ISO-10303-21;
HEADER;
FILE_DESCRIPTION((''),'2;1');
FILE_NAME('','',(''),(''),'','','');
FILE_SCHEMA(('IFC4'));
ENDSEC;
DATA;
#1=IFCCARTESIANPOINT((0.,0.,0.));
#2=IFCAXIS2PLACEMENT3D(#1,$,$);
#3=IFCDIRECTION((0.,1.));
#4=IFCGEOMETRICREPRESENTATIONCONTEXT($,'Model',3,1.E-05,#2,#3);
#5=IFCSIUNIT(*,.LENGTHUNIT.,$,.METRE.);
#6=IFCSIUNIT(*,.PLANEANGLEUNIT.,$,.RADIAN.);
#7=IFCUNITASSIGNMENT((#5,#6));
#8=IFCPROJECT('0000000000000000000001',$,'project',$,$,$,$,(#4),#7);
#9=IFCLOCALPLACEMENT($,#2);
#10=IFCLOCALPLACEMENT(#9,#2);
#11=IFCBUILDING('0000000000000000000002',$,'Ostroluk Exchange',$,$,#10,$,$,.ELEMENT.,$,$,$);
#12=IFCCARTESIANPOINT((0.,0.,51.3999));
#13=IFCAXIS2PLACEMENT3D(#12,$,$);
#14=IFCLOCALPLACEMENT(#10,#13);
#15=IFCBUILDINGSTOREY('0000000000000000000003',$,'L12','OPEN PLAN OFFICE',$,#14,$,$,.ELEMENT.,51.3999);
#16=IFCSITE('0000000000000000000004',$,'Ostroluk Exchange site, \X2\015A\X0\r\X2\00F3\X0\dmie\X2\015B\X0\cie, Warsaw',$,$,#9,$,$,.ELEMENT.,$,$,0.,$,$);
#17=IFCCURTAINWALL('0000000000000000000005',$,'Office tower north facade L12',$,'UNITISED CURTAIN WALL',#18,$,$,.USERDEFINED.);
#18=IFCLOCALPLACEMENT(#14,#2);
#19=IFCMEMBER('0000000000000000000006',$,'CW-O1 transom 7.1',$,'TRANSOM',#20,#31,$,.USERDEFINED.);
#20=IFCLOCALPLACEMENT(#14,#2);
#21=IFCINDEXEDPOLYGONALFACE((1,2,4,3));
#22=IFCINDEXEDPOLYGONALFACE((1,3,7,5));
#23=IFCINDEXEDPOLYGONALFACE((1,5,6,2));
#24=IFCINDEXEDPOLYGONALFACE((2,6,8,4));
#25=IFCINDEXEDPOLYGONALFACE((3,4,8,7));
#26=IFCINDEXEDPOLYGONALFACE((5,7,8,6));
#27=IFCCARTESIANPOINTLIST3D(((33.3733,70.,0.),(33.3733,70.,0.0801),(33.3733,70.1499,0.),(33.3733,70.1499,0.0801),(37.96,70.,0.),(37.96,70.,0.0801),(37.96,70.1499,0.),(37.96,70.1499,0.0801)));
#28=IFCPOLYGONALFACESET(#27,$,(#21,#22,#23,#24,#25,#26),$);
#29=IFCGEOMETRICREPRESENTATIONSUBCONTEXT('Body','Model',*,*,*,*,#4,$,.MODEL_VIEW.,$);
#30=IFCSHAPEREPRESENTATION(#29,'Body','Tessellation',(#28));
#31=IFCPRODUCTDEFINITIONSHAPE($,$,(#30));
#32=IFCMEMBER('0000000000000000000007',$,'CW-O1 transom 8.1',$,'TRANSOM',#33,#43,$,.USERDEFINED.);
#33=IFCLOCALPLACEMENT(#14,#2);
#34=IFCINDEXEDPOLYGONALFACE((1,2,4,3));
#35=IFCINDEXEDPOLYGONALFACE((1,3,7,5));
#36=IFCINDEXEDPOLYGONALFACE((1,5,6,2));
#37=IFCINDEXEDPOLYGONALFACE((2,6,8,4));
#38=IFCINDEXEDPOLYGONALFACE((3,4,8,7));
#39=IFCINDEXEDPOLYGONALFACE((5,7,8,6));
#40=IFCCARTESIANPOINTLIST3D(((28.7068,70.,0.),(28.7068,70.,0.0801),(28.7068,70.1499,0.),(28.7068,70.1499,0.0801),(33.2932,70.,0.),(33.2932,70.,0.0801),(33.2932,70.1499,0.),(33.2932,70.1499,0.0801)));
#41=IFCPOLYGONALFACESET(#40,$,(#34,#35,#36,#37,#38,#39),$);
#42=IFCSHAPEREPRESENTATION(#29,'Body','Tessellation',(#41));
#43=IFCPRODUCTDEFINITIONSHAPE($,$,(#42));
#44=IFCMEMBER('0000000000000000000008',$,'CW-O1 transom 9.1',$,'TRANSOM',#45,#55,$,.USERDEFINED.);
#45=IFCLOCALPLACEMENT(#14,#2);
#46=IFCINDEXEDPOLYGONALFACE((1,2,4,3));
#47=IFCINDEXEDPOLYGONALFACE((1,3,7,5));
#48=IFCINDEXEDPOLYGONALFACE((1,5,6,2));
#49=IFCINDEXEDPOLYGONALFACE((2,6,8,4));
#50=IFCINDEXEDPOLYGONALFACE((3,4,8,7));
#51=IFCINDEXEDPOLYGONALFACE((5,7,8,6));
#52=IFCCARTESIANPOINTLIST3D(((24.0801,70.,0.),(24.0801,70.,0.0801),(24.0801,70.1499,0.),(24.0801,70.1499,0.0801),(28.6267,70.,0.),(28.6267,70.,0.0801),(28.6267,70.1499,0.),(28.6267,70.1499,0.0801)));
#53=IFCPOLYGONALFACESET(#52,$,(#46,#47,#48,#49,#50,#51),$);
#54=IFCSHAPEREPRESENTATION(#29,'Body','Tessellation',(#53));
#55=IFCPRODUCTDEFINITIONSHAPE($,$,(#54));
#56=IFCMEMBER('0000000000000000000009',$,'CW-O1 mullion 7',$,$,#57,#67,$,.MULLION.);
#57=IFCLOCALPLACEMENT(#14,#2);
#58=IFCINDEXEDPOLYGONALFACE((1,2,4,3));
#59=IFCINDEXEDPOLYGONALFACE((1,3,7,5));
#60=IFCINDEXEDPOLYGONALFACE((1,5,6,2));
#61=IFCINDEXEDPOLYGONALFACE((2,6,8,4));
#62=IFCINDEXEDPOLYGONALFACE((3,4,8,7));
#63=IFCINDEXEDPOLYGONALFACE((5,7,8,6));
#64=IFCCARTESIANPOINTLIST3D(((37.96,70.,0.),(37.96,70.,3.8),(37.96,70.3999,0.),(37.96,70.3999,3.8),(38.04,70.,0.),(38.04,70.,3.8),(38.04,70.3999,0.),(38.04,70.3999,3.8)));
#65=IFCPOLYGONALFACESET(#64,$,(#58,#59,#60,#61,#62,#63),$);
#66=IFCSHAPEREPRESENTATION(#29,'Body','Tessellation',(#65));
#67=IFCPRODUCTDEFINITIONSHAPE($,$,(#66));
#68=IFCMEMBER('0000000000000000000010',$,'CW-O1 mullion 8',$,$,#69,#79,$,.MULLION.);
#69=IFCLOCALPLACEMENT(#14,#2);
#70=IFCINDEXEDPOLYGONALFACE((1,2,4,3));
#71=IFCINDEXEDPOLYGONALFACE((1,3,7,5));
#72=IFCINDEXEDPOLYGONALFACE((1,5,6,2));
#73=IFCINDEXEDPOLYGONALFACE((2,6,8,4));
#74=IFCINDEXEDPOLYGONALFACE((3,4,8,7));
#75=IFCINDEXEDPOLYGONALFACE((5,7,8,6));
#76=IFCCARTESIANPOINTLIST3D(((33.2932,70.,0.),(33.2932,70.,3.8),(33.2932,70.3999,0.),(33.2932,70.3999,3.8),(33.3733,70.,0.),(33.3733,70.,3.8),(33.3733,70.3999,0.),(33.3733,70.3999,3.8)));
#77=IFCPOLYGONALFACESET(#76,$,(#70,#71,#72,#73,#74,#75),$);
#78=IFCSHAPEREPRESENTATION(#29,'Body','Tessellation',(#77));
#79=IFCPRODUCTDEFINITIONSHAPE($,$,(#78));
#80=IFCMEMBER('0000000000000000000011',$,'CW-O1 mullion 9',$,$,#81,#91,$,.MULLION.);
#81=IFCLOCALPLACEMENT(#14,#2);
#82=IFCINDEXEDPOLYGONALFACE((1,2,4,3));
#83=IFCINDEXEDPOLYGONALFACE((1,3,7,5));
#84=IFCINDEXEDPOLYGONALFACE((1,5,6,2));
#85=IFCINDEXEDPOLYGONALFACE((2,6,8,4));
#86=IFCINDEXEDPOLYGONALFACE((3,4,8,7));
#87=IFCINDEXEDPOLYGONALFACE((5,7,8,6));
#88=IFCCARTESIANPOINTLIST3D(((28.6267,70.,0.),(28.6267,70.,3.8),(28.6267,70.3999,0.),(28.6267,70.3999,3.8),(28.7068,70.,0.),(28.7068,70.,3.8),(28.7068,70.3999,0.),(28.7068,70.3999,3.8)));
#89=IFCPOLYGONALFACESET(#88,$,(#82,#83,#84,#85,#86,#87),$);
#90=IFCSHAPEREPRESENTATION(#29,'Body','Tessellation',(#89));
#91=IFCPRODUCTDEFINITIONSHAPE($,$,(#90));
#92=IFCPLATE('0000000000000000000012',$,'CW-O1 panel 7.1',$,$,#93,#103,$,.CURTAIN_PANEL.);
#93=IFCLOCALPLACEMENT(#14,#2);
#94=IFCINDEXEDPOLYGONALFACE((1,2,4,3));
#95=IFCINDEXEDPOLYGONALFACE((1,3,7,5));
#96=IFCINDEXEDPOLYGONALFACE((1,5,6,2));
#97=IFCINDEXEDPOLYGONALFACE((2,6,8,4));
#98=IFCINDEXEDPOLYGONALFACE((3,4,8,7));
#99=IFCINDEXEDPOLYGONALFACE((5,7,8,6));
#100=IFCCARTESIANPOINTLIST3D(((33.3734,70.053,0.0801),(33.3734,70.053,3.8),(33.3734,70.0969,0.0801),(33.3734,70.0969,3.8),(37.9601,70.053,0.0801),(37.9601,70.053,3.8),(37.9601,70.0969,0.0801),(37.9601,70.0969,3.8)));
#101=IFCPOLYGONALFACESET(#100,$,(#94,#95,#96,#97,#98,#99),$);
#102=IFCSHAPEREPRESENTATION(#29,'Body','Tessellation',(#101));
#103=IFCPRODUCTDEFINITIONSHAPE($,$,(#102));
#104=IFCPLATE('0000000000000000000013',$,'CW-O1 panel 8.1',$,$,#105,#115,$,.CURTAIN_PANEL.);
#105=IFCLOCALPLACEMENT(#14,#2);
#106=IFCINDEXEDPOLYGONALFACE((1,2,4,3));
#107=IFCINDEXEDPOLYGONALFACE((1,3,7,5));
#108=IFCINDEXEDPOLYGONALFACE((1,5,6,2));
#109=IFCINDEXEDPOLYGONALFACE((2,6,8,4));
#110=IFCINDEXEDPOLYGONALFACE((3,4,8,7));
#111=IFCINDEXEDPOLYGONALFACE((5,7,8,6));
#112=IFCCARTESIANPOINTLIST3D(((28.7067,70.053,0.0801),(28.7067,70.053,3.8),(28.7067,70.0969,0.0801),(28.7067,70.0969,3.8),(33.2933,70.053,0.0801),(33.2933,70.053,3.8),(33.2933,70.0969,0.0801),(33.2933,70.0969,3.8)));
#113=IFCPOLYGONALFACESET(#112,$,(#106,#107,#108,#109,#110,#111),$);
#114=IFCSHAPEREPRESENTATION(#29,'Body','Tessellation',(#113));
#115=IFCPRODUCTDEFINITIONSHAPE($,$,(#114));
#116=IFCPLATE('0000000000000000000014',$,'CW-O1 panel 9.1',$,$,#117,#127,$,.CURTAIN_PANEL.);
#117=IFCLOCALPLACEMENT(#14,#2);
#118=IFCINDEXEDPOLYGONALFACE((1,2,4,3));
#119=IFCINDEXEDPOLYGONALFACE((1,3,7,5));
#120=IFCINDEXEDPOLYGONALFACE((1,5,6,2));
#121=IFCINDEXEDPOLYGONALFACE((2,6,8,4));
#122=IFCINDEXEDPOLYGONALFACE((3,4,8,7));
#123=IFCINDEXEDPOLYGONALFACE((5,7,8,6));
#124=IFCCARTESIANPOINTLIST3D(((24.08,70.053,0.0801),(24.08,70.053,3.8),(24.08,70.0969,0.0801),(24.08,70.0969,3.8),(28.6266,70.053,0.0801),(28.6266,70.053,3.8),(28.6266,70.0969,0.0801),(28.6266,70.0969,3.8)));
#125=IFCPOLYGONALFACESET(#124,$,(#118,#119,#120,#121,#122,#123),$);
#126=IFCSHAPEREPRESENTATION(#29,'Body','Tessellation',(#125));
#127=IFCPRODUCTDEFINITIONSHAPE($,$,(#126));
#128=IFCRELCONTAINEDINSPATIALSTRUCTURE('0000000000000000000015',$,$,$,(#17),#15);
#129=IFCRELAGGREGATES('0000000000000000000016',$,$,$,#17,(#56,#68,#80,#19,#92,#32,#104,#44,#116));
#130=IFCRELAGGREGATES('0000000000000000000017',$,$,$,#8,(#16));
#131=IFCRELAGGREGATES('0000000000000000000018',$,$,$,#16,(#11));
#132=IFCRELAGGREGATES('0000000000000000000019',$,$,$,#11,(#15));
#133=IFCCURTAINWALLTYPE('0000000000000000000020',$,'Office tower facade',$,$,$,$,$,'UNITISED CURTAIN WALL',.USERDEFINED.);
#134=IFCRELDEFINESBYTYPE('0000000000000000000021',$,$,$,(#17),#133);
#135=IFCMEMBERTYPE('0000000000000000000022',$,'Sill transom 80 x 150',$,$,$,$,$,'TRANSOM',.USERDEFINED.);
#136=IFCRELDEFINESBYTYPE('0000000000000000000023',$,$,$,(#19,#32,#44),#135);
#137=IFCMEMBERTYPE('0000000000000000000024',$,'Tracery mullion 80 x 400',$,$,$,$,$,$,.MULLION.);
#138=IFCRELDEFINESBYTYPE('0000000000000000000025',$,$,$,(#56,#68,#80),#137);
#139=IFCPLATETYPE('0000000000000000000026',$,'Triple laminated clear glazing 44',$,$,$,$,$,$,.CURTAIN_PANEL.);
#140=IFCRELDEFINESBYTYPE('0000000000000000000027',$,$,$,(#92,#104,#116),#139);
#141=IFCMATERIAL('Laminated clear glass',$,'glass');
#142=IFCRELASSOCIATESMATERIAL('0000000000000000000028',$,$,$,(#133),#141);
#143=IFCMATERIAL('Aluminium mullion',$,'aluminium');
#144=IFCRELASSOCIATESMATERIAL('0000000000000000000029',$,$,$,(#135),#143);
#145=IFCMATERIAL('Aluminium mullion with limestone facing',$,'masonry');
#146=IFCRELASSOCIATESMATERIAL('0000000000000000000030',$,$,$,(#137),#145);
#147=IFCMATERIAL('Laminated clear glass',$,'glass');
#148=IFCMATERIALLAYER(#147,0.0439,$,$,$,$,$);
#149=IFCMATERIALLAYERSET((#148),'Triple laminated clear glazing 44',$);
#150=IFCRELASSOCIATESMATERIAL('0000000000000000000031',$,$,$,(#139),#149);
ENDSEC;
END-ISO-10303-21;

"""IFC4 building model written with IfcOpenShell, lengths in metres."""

from ifc_helpers import new_model, si_unit, direction, frame, origin, origin_2d, place, context, subcontext, project, spatial, rectangle, extrude, material, layer, layer_set, material_profile, profile_set, type_object, element, aggregate, save


model = new_model("IFC4")

# Units and contexts
model_context = context("Model", 3, precision=1e-05, world=origin(), true_north=direction((0.0, 1.0)))
body_context = subcontext(model_context, "Body", "Model", "MODEL_VIEW")
ifc_project = project(units=[si_unit("LENGTHUNIT", "METRE"), si_unit("PLANEANGLEUNIT", "RADIAN")], contexts=[model_context])

# Site, building, storey
site_placement = place(None, origin())
site = spatial("IfcSite", under=ifc_project, at=site_placement, Name="Ostroluk Exchange site, Śródmieście, Warsaw", CompositionType="ELEMENT", RefElevation=0.0)
building_placement = place(site_placement, origin())
building = spatial("IfcBuilding", under=site, at=building_placement, Name="Ostroluk Exchange", CompositionType="ELEMENT")
storey_placement = place(building_placement, frame((0.0, 0.0, 51.3999)))
storey = spatial("IfcBuildingStorey", under=building, at=storey_placement, Name="L12", Description="OPEN PLAN OFFICE", CompositionType="ELEMENT", Elevation=51.3999)

# Curtain wall, members, plates
ifc_material_1 = material(Name="Laminated clear glass", Category="glass")
curtain_wall_type = type_object("IfcCurtainWallType", Name="Office tower facade", ElementType="UNITISED CURTAIN WALL", PredefinedType="USERDEFINED", material=ifc_material_1)
curtain_wall_placement = place(storey_placement, origin())
curtain_wall = element("IfcCurtainWall", 1, at=curtain_wall_placement, inside=storey, type_object=curtain_wall_type, Name="Office tower north facade L12", ObjectType="UNITISED CURTAIN WALL", PredefinedType="USERDEFINED")
ifc_material_2 = material(Name="Aluminium mullion", Category="aluminium")
ifc_material_profile_1 = material_profile(ifc_material_2, rectangle(XDim=0.1499, YDim=0.0801, at=origin_2d()), Name="Sill transom 80 x 150")
ifc_profile_set_1 = profile_set([ifc_material_profile_1], Name="Aluminium mullion")
member_type_1 = type_object("IfcMemberType", Name="Sill transom 80 x 150", ElementType="TRANSOM", PredefinedType="USERDEFINED", material=ifc_profile_set_1)
member_1_placement = place(storey_placement, frame((37.96, 70.075, 0.04), z_axis=(-1.0, 0.0, 0.0), x_axis=(0.0, -1.0, 0.0)))
member_1 = element("IfcMember", 2, at=member_1_placement, type_object=member_type_1, Name="CW-O1 transom 7.1", ObjectType="TRANSOM", PredefinedType="USERDEFINED", context=body_context, shape_type="SweptSolid", body=[
    extrude(rectangle(XDim=0.1499, YDim=0.0801, at=origin_2d()), origin(), (0.0, 0.0, 1.0), 4.5867),
])
member_2_placement = place(storey_placement, frame((33.2932, 70.075, 0.04), z_axis=(-1.0, 0.0, 0.0), x_axis=(0.0, -1.0, 0.0)))
member_2 = element("IfcMember", 3, at=member_2_placement, type_object=member_type_1, Name="CW-O1 transom 8.1", ObjectType="TRANSOM", PredefinedType="USERDEFINED", context=body_context, shape_type="SweptSolid", body=[
    extrude(rectangle(XDim=0.1499, YDim=0.0801, at=origin_2d()), origin(), (0.0, 0.0, 1.0), 4.5864),
])
member_3_placement = place(storey_placement, frame((28.6267, 70.075, 0.04), z_axis=(-1.0, 0.0, 0.0), x_axis=(0.0, -1.0, 0.0)))
member_3 = element("IfcMember", 4, at=member_3_placement, type_object=member_type_1, Name="CW-O1 transom 9.1", ObjectType="TRANSOM", PredefinedType="USERDEFINED", context=body_context, shape_type="SweptSolid", body=[
    extrude(rectangle(XDim=0.1499, YDim=0.0801, at=origin_2d()), origin(), (0.0, 0.0, 1.0), 4.5466),
])
ifc_material_3 = material(Name="Aluminium mullion with limestone facing", Category="masonry")
ifc_material_profile_2 = material_profile(ifc_material_3, rectangle(XDim=0.3999, YDim=0.0801, at=origin_2d()), Name="Tracery mullion 80 x 400")
ifc_profile_set_2 = profile_set([ifc_material_profile_2], Name="Aluminium mullion with limestone facing")
member_type_2 = type_object("IfcMemberType", Name="Tracery mullion 80 x 400", PredefinedType="MULLION", material=ifc_profile_set_2)
member_4_placement = place(storey_placement, frame((38.0, 70.2, 0.0), z_axis=(0.0, 0.0, 1.0), x_axis=(0.0, -1.0, 0.0)))
member_4 = element("IfcMember", 5, at=member_4_placement, type_object=member_type_2, Name="CW-O1 mullion 7", PredefinedType="MULLION", context=body_context, shape_type="SweptSolid", body=[
    extrude(rectangle(XDim=0.3999, YDim=0.0801, at=origin_2d()), origin(), (0.0, 0.0, 1.0), 3.8),
])
member_5_placement = place(storey_placement, frame((33.3333, 70.2, 0.0), z_axis=(0.0, 0.0, 1.0), x_axis=(0.0, -1.0, 0.0)))
member_5 = element("IfcMember", 6, at=member_5_placement, type_object=member_type_2, Name="CW-O1 mullion 8", PredefinedType="MULLION", context=body_context, shape_type="SweptSolid", body=[
    extrude(rectangle(XDim=0.3999, YDim=0.0801, at=origin_2d()), origin(), (0.0, 0.0, 1.0), 3.8),
])
member_6_placement = place(storey_placement, frame((28.6667, 70.2, 0.0), z_axis=(0.0, 0.0, 1.0), x_axis=(0.0, -1.0, 0.0)))
member_6 = element("IfcMember", 7, at=member_6_placement, type_object=member_type_2, Name="CW-O1 mullion 9", PredefinedType="MULLION", context=body_context, shape_type="SweptSolid", body=[
    extrude(rectangle(XDim=0.3999, YDim=0.0801, at=origin_2d()), origin(), (0.0, 0.0, 1.0), 3.8),
])
ifc_material_4 = material(Name="Laminated clear glass", Category="glass")
ifc_layer_1 = layer(ifc_material_4, 0.0439)
ifc_layer_set_1 = layer_set([ifc_layer_1], Name="Triple laminated clear glazing 44")
plate_type = type_object("IfcPlateType", Name="Triple laminated clear glazing 44", PredefinedType="CURTAIN_PANEL", material=ifc_layer_set_1)
plate_1_placement = place(storey_placement, frame((35.6667, 70.075, 0.0801), z_axis=(0.0, 0.0, 1.0), x_axis=(-1.0, 0.0, 0.0)))
plate_1 = element("IfcPlate", 8, at=plate_1_placement, type_object=plate_type, Name="CW-O1 panel 7.1", PredefinedType="CURTAIN_PANEL", context=body_context, shape_type="SweptSolid", body=[
    extrude(rectangle(XDim=4.5867, YDim=0.0439, at=origin_2d()), origin(), (0.0, 0.0, 1.0), 3.72),
])
plate_2_placement = place(storey_placement, frame((31.0, 70.075, 0.0801), z_axis=(0.0, 0.0, 1.0), x_axis=(-1.0, 0.0, 0.0)))
plate_2 = element("IfcPlate", 9, at=plate_2_placement, type_object=plate_type, Name="CW-O1 panel 8.1", PredefinedType="CURTAIN_PANEL", context=body_context, shape_type="SweptSolid", body=[
    extrude(rectangle(XDim=4.5867, YDim=0.0439, at=origin_2d()), origin(), (0.0, 0.0, 1.0), 3.72),
])
plate_3_placement = place(storey_placement, frame((26.3533, 70.075, 0.0801), z_axis=(0.0, 0.0, 1.0), x_axis=(-1.0, 0.0, 0.0)))
plate_3 = element("IfcPlate", 10, at=plate_3_placement, type_object=plate_type, Name="CW-O1 panel 9.1", PredefinedType="CURTAIN_PANEL", context=body_context, shape_type="SweptSolid", body=[
    extrude(rectangle(XDim=4.5466, YDim=0.0439, at=origin_2d()), origin(), (0.0, 0.0, 1.0), 3.72),
])
aggregate(curtain_wall, [member_4, member_5, member_6, member_1, plate_1, member_2, plate_2, member_3, plate_3])

save(model, "model.ifc")
